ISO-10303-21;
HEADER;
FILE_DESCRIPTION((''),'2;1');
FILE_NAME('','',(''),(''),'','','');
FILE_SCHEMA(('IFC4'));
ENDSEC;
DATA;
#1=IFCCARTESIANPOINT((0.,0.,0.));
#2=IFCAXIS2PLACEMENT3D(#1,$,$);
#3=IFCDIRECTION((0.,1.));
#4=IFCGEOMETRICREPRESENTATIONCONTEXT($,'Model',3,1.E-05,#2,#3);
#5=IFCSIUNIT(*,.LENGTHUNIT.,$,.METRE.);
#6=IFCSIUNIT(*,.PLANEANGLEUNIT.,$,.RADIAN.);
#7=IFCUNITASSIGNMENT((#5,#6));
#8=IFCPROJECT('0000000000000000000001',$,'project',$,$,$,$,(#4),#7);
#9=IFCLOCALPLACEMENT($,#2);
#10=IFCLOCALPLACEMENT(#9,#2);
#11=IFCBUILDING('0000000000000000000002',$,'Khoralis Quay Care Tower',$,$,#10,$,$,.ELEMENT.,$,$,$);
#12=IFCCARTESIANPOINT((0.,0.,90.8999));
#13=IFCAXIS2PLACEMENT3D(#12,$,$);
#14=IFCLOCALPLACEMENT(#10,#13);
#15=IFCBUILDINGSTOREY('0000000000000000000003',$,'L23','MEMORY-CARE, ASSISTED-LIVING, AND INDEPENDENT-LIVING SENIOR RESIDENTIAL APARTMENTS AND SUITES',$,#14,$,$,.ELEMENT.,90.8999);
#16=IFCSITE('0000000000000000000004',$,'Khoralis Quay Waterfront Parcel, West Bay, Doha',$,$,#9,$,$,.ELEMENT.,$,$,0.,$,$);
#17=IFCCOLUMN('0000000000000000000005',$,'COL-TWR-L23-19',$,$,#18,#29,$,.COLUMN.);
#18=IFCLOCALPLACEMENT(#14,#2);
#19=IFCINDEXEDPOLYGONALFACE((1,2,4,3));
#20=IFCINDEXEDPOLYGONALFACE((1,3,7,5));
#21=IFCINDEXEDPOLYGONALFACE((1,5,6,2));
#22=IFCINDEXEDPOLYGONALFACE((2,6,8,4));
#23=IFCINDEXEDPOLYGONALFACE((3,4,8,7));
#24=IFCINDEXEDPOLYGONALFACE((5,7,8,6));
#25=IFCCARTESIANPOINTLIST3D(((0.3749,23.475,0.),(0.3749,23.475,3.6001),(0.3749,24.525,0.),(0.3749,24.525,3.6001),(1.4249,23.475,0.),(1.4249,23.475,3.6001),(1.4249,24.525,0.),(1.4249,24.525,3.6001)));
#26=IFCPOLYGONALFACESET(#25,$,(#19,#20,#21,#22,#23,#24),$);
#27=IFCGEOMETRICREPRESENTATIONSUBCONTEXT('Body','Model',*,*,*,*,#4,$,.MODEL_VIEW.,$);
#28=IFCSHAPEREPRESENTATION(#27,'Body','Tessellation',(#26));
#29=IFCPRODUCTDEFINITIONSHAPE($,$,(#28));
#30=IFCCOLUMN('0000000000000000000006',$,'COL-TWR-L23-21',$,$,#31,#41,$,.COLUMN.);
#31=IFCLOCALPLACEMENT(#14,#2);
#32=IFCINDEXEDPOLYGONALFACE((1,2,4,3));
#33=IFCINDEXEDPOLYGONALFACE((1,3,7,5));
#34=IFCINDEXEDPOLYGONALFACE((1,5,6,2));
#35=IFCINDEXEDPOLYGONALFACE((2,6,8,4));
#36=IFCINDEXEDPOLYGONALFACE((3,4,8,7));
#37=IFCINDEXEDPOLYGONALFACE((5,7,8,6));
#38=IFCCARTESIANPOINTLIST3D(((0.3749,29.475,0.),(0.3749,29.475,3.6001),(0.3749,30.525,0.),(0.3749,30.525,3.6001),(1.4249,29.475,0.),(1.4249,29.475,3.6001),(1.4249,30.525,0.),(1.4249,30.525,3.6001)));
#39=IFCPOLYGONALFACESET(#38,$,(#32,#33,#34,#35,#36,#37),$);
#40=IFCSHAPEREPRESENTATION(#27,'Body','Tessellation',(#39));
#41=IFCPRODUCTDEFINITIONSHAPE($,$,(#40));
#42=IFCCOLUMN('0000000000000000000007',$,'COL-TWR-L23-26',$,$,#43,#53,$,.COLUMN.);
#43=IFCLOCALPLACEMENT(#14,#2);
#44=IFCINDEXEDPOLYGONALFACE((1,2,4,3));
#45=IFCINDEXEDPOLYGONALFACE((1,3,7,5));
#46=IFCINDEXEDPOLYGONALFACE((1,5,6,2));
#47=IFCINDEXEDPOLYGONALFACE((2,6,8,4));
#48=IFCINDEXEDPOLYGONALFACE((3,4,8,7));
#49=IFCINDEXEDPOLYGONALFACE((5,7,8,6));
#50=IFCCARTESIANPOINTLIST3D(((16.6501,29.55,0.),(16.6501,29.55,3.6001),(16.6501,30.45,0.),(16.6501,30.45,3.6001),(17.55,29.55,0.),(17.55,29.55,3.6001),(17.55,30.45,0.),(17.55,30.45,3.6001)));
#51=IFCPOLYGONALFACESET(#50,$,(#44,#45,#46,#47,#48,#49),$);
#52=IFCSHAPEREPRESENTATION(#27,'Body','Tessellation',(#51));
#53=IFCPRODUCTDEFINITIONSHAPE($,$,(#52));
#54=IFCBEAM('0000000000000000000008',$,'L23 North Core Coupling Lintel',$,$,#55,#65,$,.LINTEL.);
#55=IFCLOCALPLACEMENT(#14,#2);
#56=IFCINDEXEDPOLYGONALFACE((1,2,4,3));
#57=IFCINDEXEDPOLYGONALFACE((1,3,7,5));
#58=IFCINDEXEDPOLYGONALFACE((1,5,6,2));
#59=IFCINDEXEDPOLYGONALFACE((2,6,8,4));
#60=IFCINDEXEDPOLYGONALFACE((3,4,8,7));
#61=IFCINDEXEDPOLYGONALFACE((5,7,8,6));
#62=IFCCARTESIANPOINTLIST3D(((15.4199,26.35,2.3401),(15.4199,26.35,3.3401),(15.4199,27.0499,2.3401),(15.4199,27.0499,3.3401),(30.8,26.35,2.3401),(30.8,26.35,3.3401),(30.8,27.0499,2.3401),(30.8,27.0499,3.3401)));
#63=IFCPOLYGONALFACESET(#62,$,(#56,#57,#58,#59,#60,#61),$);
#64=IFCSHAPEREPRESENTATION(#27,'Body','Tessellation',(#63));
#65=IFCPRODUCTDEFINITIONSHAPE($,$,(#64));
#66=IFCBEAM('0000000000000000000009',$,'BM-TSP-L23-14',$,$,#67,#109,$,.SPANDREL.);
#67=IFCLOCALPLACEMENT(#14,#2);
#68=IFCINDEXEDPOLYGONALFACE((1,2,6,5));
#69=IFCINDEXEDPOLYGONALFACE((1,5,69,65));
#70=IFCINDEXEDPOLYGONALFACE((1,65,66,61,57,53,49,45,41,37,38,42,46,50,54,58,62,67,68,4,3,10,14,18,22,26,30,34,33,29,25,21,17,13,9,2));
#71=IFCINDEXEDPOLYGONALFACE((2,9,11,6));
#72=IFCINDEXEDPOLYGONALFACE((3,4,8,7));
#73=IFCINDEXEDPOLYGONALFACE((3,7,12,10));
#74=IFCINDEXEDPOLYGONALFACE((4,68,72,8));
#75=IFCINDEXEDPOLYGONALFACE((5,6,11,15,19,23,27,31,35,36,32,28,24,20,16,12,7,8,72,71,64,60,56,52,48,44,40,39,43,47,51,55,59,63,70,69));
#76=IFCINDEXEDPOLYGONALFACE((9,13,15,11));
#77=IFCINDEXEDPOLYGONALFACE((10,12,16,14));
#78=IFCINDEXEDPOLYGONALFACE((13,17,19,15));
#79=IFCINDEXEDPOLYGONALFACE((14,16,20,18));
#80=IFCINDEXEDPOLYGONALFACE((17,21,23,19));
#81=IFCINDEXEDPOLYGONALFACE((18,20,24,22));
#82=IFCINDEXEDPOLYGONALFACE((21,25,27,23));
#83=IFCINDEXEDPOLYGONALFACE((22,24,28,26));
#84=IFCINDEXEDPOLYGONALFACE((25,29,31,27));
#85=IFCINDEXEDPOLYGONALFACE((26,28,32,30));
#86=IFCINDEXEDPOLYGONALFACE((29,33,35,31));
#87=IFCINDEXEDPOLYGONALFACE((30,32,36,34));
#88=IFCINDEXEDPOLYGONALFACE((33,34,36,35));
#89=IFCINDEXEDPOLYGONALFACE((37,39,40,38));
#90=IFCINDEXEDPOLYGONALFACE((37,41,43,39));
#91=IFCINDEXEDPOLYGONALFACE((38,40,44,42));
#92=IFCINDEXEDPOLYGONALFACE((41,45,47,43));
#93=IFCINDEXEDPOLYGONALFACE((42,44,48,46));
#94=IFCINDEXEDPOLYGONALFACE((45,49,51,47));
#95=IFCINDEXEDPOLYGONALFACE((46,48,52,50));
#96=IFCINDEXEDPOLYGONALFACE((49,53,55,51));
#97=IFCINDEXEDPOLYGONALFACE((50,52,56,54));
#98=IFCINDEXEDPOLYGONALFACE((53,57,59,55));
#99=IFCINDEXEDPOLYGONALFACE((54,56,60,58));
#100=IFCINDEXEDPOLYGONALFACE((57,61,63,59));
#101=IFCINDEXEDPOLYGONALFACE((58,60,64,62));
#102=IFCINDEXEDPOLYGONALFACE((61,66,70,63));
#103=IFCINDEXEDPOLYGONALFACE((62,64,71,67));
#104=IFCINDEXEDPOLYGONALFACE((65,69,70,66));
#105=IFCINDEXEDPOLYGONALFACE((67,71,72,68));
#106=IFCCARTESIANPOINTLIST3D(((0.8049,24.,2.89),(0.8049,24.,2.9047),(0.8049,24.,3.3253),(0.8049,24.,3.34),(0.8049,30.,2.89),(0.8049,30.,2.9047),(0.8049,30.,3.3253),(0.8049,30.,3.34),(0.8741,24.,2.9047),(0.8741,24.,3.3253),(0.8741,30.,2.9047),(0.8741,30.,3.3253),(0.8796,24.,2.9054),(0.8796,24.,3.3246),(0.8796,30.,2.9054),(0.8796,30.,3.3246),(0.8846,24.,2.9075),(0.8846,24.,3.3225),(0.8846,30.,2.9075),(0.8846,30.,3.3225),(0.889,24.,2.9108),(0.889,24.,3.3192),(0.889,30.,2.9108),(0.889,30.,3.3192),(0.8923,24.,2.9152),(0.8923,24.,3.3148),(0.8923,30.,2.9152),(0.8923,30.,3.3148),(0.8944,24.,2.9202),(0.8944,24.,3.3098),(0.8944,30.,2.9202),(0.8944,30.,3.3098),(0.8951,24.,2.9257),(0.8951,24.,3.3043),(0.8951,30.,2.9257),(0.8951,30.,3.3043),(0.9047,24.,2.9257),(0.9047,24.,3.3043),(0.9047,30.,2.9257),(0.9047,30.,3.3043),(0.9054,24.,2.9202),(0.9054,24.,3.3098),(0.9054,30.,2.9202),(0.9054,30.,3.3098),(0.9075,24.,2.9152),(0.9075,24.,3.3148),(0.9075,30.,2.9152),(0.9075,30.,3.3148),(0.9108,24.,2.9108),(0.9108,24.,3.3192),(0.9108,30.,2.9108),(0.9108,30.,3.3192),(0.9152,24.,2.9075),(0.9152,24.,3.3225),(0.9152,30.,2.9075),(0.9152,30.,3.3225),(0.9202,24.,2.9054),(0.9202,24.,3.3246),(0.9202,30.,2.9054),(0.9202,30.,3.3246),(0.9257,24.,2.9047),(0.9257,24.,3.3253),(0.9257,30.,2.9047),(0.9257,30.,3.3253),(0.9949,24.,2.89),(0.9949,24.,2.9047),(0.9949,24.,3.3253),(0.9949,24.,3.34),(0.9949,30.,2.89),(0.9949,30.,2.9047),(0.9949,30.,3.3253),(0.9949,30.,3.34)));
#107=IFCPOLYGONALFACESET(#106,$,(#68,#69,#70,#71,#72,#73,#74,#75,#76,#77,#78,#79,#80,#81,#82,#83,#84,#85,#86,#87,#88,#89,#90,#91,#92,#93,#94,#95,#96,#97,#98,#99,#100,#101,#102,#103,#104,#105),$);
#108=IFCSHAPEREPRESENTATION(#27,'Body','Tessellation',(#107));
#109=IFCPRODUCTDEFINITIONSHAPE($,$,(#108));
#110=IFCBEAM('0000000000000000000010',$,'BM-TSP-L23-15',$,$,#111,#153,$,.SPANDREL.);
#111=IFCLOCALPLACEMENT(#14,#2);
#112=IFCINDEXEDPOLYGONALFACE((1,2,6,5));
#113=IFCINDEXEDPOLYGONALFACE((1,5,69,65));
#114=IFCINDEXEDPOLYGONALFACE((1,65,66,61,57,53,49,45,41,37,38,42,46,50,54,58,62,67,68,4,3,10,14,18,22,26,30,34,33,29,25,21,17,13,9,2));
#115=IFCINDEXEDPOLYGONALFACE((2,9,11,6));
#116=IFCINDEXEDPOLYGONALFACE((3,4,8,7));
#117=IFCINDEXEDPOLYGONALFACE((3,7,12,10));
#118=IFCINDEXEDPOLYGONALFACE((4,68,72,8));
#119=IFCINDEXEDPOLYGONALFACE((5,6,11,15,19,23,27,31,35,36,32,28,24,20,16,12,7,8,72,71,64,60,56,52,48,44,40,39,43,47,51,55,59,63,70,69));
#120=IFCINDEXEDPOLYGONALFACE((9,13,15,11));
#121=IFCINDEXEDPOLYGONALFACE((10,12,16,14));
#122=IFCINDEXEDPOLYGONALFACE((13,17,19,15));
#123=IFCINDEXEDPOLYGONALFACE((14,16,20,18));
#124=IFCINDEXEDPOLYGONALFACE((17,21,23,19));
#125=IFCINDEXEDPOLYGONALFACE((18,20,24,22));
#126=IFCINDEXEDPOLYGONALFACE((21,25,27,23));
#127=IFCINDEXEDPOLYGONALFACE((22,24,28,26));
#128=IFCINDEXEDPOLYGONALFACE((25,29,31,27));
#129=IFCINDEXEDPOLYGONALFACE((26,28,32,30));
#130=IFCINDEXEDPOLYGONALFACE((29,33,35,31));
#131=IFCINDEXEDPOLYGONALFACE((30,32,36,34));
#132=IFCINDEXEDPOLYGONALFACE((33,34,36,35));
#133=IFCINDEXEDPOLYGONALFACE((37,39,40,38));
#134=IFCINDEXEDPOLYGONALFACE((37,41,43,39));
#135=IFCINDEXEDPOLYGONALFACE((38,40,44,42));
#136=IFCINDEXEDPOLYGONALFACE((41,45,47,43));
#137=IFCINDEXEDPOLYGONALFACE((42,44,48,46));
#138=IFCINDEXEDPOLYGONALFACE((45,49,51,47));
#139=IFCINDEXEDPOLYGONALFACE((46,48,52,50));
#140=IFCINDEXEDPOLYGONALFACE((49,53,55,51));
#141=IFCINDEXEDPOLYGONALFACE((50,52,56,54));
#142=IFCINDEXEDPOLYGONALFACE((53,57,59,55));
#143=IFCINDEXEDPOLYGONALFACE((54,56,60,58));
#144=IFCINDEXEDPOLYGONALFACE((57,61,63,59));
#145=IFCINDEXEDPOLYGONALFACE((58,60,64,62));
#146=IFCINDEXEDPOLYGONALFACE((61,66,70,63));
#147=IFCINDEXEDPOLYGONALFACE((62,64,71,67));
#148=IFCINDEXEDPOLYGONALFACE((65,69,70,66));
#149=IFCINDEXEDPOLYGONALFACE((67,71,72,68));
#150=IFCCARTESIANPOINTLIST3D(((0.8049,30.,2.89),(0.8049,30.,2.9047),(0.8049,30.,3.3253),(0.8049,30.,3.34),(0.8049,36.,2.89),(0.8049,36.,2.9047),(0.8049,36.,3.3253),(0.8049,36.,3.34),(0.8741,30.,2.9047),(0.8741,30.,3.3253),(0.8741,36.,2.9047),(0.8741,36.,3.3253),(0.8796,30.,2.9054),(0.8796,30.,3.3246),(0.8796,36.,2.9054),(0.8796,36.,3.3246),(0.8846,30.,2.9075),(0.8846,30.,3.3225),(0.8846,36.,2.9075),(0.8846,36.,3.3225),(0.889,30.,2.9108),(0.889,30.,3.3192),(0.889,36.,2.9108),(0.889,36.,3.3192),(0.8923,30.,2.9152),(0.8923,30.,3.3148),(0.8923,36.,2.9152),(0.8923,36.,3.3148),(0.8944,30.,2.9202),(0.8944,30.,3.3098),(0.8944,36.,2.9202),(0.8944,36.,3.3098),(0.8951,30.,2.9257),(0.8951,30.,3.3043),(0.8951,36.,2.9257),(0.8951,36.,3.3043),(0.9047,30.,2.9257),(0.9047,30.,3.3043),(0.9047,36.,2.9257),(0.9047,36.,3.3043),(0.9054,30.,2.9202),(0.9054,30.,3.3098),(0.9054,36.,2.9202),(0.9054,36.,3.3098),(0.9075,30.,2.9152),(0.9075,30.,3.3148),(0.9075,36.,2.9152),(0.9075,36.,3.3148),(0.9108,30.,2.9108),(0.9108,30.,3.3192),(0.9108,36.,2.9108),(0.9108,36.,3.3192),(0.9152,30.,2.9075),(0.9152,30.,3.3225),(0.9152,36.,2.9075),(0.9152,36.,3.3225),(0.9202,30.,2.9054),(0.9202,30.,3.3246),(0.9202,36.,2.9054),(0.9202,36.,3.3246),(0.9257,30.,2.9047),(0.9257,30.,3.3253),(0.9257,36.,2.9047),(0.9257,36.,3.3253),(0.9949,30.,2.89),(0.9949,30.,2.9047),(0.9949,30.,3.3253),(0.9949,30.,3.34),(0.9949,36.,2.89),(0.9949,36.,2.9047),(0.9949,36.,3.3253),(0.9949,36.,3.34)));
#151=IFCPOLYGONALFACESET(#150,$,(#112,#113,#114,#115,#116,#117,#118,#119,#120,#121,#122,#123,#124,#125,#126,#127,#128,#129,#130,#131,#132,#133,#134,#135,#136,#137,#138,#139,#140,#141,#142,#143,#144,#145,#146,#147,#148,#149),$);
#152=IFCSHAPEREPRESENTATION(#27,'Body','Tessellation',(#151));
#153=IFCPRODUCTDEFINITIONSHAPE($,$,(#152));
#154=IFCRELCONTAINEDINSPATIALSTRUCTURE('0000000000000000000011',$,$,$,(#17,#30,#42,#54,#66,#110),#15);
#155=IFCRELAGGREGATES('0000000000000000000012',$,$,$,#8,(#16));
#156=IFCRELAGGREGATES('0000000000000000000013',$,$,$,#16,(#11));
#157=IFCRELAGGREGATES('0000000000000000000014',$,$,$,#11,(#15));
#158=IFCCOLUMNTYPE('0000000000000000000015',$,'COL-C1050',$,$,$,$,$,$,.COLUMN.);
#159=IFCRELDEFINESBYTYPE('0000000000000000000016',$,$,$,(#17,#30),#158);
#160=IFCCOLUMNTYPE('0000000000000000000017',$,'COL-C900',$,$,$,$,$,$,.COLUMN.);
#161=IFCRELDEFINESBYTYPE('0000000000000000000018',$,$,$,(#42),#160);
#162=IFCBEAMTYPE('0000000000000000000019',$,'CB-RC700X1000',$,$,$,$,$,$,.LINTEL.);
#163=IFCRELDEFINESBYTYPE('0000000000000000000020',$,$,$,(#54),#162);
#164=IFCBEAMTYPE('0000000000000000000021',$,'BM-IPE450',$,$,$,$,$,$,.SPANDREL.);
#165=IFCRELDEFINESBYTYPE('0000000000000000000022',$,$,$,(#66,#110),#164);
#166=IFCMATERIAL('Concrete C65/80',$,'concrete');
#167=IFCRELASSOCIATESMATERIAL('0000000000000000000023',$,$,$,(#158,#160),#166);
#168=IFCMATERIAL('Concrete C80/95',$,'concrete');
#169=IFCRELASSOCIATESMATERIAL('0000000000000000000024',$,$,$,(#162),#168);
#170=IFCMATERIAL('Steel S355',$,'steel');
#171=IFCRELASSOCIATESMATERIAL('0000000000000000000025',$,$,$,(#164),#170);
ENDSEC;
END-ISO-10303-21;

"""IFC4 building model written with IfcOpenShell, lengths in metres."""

from ifc_helpers import new_model, si_unit, direction, frame, origin, origin_2d, place, context, subcontext, project, spatial, rectangle, i_section, extrude, source, transform, mapped, material, material_profile, profile_set, type_object, element, save


model = new_model("IFC4")

# Units and contexts
model_context = context("Model", 3, precision=1e-05, world=origin(), true_north=direction((0.0, 1.0)))
body_context = subcontext(model_context, "Body", "Model", "MODEL_VIEW")
ifc_project = project(units=[si_unit("LENGTHUNIT", "METRE"), si_unit("PLANEANGLEUNIT", "RADIAN")], contexts=[model_context])

# Site, building, storey
site_placement = place(None, origin())
site = spatial("IfcSite", under=ifc_project, at=site_placement, Name="Khoralis Quay Waterfront Parcel, West Bay, Doha", CompositionType="ELEMENT", RefElevation=0.0)
building_placement = place(site_placement, origin())
building = spatial("IfcBuilding", under=site, at=building_placement, Name="Khoralis Quay Care Tower", CompositionType="ELEMENT")
storey_placement = place(building_placement, frame((0.0, 0.0, 90.8999)))
storey = spatial("IfcBuildingStorey", under=building, at=storey_placement, Name="L23", Description="MEMORY-CARE, ASSISTED-LIVING, AND INDEPENDENT-LIVING SENIOR RESIDENTIAL APARTMENTS AND SUITES", CompositionType="ELEMENT", Elevation=90.8999)

# Columns
ifc_material_1 = material(Name="Concrete C65/80", Category="concrete")
ifc_material_profile_1 = material_profile(ifc_material_1, rectangle(XDim=1.05, YDim=1.05, at=origin_2d()), Name="Concrete C65/80")
ifc_profile_set_1 = profile_set([ifc_material_profile_1], Name="Concrete C65/80")
column_type_1 = type_object("IfcColumnType", Name="COL-C1050", PredefinedType="COLUMN", material=ifc_profile_set_1)
shared_shape_1 = source(origin(), body_context, "Body", "SweptSolid", [
    extrude(rectangle(XDim=1.05, YDim=1.05, at=origin_2d()), origin(), (0.0, 0.0, 1.0), 3.6001),
])
for number, where, z_axis, x_axis, name in (
    (1, (0.8999, 24.0, 0.0), (0.0, 0.0, 1.0), (1.0, 0.0, 0.0), "COL-TWR-L23-19"),
    (2, (0.8999, 30.0, 0.0), (0.0, 0.0, 1.0), (1.0, 0.0, 0.0), "COL-TWR-L23-21"),
):
    element("IfcColumn", number, at=place(storey_placement, frame(where, z_axis=z_axis, x_axis=x_axis)), inside=storey, type_object=column_type_1, Name=name, PredefinedType="COLUMN", context=body_context, shape_type="MappedRepresentation", body=[
        mapped(shared_shape_1, transform((0.0, 0.0, 0.0), scale=1.0)),
    ])
ifc_material_profile_2 = material_profile(ifc_material_1, rectangle(XDim=0.8999, YDim=0.8999, at=origin_2d()), Name="Concrete C65/80")
ifc_profile_set_2 = profile_set([ifc_material_profile_2], Name="Concrete C65/80")
column_type_2 = type_object("IfcColumnType", Name="COL-C900", PredefinedType="COLUMN", material=ifc_profile_set_2)
shared_shape_2 = source(origin(), body_context, "Body", "SweptSolid", [
    extrude(rectangle(XDim=0.8999, YDim=0.8999, at=origin_2d()), origin(), (0.0, 0.0, 1.0), 3.6001),
])
column_placement = place(storey_placement, frame((17.1001, 30.0, 0.0), z_axis=(0.0, 0.0, 1.0), x_axis=(1.0, 0.0, 0.0)))
element("IfcColumn", 3, at=column_placement, inside=storey, type_object=column_type_2, Name="COL-TWR-L23-26", PredefinedType="COLUMN", context=body_context, shape_type="MappedRepresentation", body=[
    mapped(shared_shape_2, transform((0.0, 0.0, 0.0), scale=1.0)),
])

# Beams
ifc_material_2 = material(Name="Concrete C80/95", Category="concrete")
ifc_material_profile_3 = material_profile(ifc_material_2, rectangle(XDim=0.7, YDim=1.0, at=origin_2d()), Name="Concrete C80/95")
ifc_profile_set_3 = profile_set([ifc_material_profile_3], Name="Concrete C80/95")
beam_type_1 = type_object("IfcBeamType", Name="CB-RC700X1000", PredefinedType="LINTEL", material=ifc_profile_set_3)
shared_shape_3 = source(origin(), body_context, "Body", "SweptSolid", [
    extrude(rectangle(XDim=0.7, YDim=1.0, at=origin_2d()), origin(), (0.0, 0.0, 1.0), 15.3801),
])
beam_1_placement = place(storey_placement, frame((15.4199, 26.7, 2.8401), z_axis=(1.0, 0.0, 0.0), x_axis=(0.0, 1.0, 0.0)))
element("IfcBeam", 4, at=beam_1_placement, inside=storey, type_object=beam_type_1, Name="L23 North Core Coupling Lintel", PredefinedType="LINTEL", context=body_context, shape_type="MappedRepresentation", body=[
    mapped(shared_shape_3, transform((0.0, 0.0, 0.0), scale=1.0)),
])
ifc_material_3 = material(Name="Steel S355", Category="steel")
ifc_material_profile_4 = material_profile(ifc_material_3, i_section(OverallWidth=0.1899, OverallDepth=0.45, WebThickness=0.0095, FlangeThickness=0.0146, FilletRadius=0.021, at=origin_2d()), Name="Steel S355")
ifc_profile_set_4 = profile_set([ifc_material_profile_4], Name="Steel S355")
beam_type_2 = type_object("IfcBeamType", Name="BM-IPE450", PredefinedType="SPANDREL", material=ifc_profile_set_4)
shared_shape_4 = source(origin(), body_context, "Body", "SweptSolid", [
    extrude(i_section(OverallWidth=0.1899, OverallDepth=0.45, WebThickness=0.0095, FlangeThickness=0.0146, FilletRadius=0.021, at=origin_2d()), origin(), (0.0, 0.0, 1.0), 6.0),
])
for number, where, z_axis, x_axis, name in (
    (5, (0.8999, 24.0, 3.115), (0.0, 1.0, 0.0), (-1.0, 0.0, 0.0), "BM-TSP-L23-14"),
    (6, (0.8999, 30.0, 3.115), (0.0, 1.0, 0.0), (-1.0, 0.0, 0.0), "BM-TSP-L23-15"),
):
    element("IfcBeam", number, at=place(storey_placement, frame(where, z_axis=z_axis, x_axis=x_axis)), inside=storey, type_object=beam_type_2, Name=name, PredefinedType="SPANDREL", context=body_context, shape_type="MappedRepresentation", body=[
        mapped(shared_shape_4, transform((0.0, 0.0, 0.0), scale=1.0)),
    ])

save(model, "model.ifc")
